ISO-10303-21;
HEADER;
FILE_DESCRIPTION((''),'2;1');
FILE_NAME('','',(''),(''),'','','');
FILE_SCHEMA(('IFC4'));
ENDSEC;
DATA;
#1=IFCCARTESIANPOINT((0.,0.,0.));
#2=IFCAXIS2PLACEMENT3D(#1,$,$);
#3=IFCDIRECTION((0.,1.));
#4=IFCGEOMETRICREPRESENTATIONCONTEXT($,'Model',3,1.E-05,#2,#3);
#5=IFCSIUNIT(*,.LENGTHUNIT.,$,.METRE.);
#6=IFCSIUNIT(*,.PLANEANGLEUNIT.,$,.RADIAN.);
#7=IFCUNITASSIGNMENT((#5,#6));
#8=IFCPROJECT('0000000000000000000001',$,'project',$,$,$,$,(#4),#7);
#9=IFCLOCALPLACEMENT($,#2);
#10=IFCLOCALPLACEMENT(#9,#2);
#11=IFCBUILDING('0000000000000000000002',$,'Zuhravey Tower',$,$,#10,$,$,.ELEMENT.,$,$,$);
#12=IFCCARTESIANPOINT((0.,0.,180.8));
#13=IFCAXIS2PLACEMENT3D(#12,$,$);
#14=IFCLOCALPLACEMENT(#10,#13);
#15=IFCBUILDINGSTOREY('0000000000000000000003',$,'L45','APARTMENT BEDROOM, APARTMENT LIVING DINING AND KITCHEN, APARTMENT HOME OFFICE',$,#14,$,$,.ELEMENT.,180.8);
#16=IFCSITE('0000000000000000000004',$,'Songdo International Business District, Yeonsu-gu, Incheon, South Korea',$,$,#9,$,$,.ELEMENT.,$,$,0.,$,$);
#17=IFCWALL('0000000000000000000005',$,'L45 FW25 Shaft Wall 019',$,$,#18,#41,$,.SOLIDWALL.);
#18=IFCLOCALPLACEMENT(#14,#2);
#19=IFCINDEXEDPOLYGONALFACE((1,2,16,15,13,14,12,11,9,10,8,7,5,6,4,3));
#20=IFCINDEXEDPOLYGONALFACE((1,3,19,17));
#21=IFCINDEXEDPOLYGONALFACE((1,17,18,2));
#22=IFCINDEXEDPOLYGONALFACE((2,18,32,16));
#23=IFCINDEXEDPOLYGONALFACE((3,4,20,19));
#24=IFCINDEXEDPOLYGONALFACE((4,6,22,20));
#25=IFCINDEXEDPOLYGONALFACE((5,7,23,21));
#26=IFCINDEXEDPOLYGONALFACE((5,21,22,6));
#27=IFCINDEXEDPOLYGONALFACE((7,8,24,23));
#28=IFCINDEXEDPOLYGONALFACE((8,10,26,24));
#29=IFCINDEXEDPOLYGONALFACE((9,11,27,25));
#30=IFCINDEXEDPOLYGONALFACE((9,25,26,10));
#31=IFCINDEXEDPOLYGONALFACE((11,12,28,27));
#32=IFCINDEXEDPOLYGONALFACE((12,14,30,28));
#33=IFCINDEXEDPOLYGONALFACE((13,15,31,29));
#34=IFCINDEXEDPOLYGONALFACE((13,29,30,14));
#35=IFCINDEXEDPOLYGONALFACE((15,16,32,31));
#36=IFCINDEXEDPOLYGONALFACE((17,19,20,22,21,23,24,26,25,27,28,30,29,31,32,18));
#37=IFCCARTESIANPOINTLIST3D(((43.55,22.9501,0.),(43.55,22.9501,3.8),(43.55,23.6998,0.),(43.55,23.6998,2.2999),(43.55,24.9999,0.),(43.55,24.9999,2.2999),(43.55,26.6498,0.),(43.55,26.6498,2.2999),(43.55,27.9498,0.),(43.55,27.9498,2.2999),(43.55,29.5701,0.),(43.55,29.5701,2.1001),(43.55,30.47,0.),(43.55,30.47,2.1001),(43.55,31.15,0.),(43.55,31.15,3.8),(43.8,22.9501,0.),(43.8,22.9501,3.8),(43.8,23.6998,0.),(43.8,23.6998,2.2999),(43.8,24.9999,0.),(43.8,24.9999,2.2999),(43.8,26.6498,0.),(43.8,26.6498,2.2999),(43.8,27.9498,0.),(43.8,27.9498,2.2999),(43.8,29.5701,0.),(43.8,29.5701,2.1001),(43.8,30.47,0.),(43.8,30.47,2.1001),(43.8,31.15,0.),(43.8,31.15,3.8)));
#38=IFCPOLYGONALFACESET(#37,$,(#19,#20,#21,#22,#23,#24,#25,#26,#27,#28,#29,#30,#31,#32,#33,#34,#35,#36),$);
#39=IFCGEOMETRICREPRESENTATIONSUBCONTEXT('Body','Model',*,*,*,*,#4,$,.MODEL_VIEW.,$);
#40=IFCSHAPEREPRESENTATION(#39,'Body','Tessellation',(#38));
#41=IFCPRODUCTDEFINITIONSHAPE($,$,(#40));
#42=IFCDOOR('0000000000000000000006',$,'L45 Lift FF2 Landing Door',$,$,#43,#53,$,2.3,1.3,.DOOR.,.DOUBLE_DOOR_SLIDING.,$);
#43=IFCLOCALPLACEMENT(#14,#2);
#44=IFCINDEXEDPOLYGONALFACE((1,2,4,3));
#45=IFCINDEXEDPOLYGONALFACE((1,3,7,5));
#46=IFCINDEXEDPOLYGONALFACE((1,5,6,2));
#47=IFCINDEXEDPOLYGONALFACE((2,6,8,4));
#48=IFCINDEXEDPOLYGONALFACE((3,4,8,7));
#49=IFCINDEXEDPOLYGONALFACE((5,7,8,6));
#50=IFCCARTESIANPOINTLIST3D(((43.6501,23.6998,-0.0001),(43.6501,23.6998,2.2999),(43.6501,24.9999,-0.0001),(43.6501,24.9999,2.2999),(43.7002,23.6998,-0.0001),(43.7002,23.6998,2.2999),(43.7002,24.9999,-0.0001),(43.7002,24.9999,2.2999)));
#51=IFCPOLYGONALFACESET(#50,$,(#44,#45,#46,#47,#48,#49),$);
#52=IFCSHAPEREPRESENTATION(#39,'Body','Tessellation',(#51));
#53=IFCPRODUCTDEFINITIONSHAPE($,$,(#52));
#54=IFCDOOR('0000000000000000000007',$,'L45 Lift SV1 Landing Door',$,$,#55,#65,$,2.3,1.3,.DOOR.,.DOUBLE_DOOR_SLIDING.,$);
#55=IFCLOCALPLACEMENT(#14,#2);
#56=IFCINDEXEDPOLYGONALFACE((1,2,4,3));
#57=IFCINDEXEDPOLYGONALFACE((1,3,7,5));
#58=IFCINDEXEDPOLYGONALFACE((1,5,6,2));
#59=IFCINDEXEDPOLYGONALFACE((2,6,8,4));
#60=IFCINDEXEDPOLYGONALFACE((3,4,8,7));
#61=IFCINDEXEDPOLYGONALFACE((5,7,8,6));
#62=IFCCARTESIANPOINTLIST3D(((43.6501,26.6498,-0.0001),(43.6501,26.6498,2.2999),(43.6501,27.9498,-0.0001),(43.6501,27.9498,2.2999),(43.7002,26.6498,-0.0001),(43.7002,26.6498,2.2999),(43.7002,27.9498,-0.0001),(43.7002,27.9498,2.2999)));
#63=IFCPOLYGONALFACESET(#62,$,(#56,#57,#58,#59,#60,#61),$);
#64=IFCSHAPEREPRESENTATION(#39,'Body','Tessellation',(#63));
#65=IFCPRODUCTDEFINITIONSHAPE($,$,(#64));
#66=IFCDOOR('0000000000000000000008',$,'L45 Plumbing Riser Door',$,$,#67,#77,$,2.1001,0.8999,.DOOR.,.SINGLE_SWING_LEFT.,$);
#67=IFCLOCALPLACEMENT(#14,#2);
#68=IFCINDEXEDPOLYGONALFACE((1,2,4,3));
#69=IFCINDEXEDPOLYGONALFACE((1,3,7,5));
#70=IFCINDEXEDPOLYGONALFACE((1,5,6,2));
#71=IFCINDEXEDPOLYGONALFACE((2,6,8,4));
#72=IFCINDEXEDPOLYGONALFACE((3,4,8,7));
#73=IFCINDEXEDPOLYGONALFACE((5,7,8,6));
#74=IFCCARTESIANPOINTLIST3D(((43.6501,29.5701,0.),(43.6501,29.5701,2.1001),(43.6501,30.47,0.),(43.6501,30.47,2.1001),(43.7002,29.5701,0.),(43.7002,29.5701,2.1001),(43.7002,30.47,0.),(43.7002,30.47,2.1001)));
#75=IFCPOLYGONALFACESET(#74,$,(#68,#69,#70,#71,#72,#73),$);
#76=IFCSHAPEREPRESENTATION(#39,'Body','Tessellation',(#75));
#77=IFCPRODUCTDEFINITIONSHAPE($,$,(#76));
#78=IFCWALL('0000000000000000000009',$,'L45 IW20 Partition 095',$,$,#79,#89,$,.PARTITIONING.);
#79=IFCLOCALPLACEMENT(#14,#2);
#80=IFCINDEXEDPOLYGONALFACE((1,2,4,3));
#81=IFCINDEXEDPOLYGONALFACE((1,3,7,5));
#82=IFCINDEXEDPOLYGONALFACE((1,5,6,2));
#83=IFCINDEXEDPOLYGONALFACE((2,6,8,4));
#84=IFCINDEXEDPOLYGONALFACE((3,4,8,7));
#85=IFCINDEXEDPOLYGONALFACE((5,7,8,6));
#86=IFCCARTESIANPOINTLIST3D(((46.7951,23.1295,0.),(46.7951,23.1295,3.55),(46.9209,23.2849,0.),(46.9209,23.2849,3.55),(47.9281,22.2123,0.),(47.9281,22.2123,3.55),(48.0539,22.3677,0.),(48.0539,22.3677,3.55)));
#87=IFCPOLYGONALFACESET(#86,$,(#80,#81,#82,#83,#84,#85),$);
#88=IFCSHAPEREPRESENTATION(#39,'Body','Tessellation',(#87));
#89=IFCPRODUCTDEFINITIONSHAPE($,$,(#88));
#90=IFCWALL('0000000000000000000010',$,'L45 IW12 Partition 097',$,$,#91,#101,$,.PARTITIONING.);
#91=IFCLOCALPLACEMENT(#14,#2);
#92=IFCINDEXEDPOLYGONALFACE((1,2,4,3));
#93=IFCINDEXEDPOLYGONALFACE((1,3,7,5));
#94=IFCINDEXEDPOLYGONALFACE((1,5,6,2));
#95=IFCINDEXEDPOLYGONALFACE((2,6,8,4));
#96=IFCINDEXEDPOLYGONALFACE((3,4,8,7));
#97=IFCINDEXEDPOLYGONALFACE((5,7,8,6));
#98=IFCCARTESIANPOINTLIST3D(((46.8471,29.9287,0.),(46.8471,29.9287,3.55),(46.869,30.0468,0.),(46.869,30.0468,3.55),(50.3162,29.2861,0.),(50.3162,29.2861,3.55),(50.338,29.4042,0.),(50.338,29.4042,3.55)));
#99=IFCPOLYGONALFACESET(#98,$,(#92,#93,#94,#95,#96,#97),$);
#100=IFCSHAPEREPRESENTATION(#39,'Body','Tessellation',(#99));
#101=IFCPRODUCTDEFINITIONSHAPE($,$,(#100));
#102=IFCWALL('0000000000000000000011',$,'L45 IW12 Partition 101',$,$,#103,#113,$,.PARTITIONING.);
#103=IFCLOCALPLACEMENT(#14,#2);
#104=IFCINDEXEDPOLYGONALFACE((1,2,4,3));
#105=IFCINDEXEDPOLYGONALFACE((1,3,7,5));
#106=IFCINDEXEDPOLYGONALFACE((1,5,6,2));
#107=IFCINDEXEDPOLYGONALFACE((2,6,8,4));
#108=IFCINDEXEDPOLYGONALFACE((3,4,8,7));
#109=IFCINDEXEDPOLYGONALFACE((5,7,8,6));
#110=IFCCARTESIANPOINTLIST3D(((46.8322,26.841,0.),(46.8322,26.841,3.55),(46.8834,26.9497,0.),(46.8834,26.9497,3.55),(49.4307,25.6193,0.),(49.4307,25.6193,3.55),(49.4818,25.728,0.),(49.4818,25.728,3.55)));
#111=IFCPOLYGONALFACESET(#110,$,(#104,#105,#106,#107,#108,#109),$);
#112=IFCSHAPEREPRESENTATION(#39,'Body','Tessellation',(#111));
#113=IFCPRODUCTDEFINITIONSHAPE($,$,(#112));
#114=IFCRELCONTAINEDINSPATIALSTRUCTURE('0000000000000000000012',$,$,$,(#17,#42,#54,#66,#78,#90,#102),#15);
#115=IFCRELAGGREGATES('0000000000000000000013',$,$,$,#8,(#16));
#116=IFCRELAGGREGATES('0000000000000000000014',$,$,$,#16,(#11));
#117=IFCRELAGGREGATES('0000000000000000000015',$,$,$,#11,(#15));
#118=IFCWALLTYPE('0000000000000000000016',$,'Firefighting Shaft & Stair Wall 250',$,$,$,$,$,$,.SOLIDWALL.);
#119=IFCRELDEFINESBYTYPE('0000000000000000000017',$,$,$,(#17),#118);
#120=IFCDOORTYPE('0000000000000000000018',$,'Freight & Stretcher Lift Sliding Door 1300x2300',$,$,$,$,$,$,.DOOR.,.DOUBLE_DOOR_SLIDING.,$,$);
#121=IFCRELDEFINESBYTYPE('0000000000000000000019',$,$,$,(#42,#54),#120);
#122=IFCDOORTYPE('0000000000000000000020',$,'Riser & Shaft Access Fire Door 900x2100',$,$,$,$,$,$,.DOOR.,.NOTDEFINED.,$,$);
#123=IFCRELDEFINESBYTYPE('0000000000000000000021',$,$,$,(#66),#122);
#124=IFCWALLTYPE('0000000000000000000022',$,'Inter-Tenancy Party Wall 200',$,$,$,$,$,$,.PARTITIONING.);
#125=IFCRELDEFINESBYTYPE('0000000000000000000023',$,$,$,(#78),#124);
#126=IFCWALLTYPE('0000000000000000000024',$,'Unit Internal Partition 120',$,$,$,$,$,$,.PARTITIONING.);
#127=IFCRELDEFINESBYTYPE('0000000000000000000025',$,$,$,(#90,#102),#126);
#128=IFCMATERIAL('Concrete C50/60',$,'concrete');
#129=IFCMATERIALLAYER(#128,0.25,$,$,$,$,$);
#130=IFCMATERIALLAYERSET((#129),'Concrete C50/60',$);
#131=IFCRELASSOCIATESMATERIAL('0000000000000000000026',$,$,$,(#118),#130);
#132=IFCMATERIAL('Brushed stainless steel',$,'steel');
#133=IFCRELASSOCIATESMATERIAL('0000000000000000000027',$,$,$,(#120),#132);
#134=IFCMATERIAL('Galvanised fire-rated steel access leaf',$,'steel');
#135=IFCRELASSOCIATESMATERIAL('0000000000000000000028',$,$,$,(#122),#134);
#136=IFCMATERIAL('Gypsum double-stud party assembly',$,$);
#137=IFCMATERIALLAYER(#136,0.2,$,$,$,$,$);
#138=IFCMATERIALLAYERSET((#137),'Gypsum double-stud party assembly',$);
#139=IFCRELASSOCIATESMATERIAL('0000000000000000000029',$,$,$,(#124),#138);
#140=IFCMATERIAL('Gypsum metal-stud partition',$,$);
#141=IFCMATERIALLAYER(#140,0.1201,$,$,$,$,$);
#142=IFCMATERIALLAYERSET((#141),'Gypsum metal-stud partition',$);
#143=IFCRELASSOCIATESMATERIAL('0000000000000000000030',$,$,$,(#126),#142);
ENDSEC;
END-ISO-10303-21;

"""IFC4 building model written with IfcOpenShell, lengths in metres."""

from ifc_helpers import new_model, si_unit, direction, frame, frame_2d, origin, place, context, subcontext, project, spatial, rectangle, extrude, material, layer, layer_set, type_object, element, fill, save


model = new_model("IFC4")

# Units and contexts
model_context = context("Model", 3, precision=1e-05, world=origin(), true_north=direction((0.0, 1.0)))
body_context = subcontext(model_context, "Body", "Model", "MODEL_VIEW")
ifc_project = project(units=[si_unit("LENGTHUNIT", "METRE"), si_unit("PLANEANGLEUNIT", "RADIAN")], contexts=[model_context])

# Site, building, storey
site_placement = place(None, origin())
site = spatial("IfcSite", under=ifc_project, at=site_placement, Name="Songdo International Business District, Yeonsu-gu, Incheon, South Korea", CompositionType="ELEMENT", RefElevation=0.0)
building_placement = place(site_placement, origin())
building = spatial("IfcBuilding", under=site, at=building_placement, Name="Zuhravey Tower", CompositionType="ELEMENT")
storey_placement = place(building_placement, frame((0.0, 0.0, 180.8)))
storey = spatial("IfcBuildingStorey", under=building, at=storey_placement, Name="L45", Description="APARTMENT BEDROOM, APARTMENT LIVING DINING AND KITCHEN, APARTMENT HOME OFFICE", CompositionType="ELEMENT", Elevation=180.8)

# Shared definitions
ifc_material_1 = material(Name="Concrete C50/60", Category="concrete")
ifc_layer_1 = layer(ifc_material_1, 0.25)
ifc_layer_set_1 = layer_set([ifc_layer_1], Name="Concrete C50/60")
wall_type_1 = type_object("IfcWallType", Name="Firefighting Shaft & Stair Wall 250", PredefinedType="SOLIDWALL", material=ifc_layer_set_1)

# Wall, openings, doors
wall_1_placement = place(storey_placement, frame((43.675, 22.95, 0.0), z_axis=(0.0, 0.0, 1.0), x_axis=(0.0, 1.0, 0.0)))
wall_1 = element("IfcWall", 1, at=wall_1_placement, inside=storey, type_object=wall_type_1, Name="L45 FW25 Shaft Wall 019", PredefinedType="SOLIDWALL", context=body_context, shape_type="SweptSolid", body=[
    extrude(rectangle(XDim=8.2, YDim=0.25, at=frame_2d((4.1001, 0.0))), origin(), (0.0, 0.0, 1.0), 3.8),
])
opening_1_placement = place(wall_1_placement, frame((0.75, 0.0, 0.0)))
opening_1 = element("IfcOpeningElement", 2, at=opening_1_placement, cuts=wall_1, PredefinedType="OPENING", context=body_context, shape_type="SweptSolid", body=[
    extrude(rectangle(XDim=1.3, YDim=2.3, at=frame_2d((0.6499, 1.1499))), frame((0.0, 0.137, 0.0), z_axis=(0.0, -1.0, 0.0), x_axis=(1.0, 0.0, 0.0)), (0.0, 0.0, 1.0), 0.2739),
])
opening_2_placement = place(wall_1_placement, frame((3.7, 0.0, 0.0)))
opening_2 = element("IfcOpeningElement", 3, at=opening_2_placement, cuts=wall_1, PredefinedType="OPENING", context=body_context, shape_type="SweptSolid", body=[
    extrude(rectangle(XDim=1.3, YDim=2.3, at=frame_2d((0.6499, 1.1499))), frame((0.0, 0.137, 0.0), z_axis=(0.0, -1.0, 0.0), x_axis=(1.0, 0.0, 0.0)), (0.0, 0.0, 1.0), 0.2739),
])
opening_3_placement = place(wall_1_placement, frame((6.6201, 0.0, 0.0)))
opening_3 = element("IfcOpeningElement", 4, at=opening_3_placement, cuts=wall_1, PredefinedType="OPENING", context=body_context, shape_type="SweptSolid", body=[
    extrude(rectangle(XDim=0.8999, YDim=2.1001, at=frame_2d((0.45, 1.05))), frame((0.0, 0.137, 0.0), z_axis=(0.0, -1.0, 0.0), x_axis=(1.0, 0.0, 0.0)), (0.0, 0.0, 1.0), 0.2739),
])
ifc_material_2 = material(Name="Brushed stainless steel", Category="steel")
door_type_1 = type_object("IfcDoorType", Name="Freight & Stretcher Lift Sliding Door 1300x2300", OperationType="DOUBLE_DOOR_SLIDING", PredefinedType="DOOR", material=ifc_material_2)
door_1_placement = place(opening_1_placement, origin())
door_1 = element("IfcDoor", 5, at=door_1_placement, inside=storey, type_object=door_type_1, Name="L45 Lift FF2 Landing Door", OperationType="DOUBLE_DOOR_SLIDING", OverallHeight=2.3, OverallWidth=1.3, PredefinedType="DOOR", context=body_context, shape_type="SweptSolid", body=[
    extrude(rectangle(XDim=1.3, YDim=2.3, at=frame_2d((0.6499, 1.1499))), frame((0.0, 0.0249, 0.0), z_axis=(0.0, -1.0, 0.0), x_axis=(1.0, 0.0, 0.0)), (0.0, 0.0, 1.0), 0.05),
])
fill(opening_1, door_1)
door_2_placement = place(opening_2_placement, origin())
door_2 = element("IfcDoor", 6, at=door_2_placement, inside=storey, type_object=door_type_1, Name="L45 Lift SV1 Landing Door", OperationType="DOUBLE_DOOR_SLIDING", OverallHeight=2.3, OverallWidth=1.3, PredefinedType="DOOR", context=body_context, shape_type="SweptSolid", body=[
    extrude(rectangle(XDim=1.3, YDim=2.3, at=frame_2d((0.6499, 1.1499))), frame((0.0, 0.0249, 0.0), z_axis=(0.0, -1.0, 0.0), x_axis=(1.0, 0.0, 0.0)), (0.0, 0.0, 1.0), 0.05),
])
fill(opening_2, door_2)
ifc_material_3 = material(Name="Galvanised fire-rated steel access leaf", Category="steel")
door_type_2 = type_object("IfcDoorType", Name="Riser & Shaft Access Fire Door 900x2100", OperationType="NOTDEFINED", PredefinedType="DOOR", material=ifc_material_3)
door_3_placement = place(opening_3_placement, origin())
door_3 = element("IfcDoor", 7, at=door_3_placement, inside=storey, type_object=door_type_2, Name="L45 Plumbing Riser Door", OperationType="SINGLE_SWING_LEFT", OverallHeight=2.1001, OverallWidth=0.8999, PredefinedType="DOOR", context=body_context, shape_type="SweptSolid", body=[
    extrude(rectangle(XDim=0.8999, YDim=2.1001, at=frame_2d((0.45, 1.05))), frame((0.0, 0.0249, 0.0), z_axis=(0.0, -1.0, 0.0), x_axis=(1.0, 0.0, 0.0)), (0.0, 0.0, 1.0), 0.05),
])
fill(opening_3, door_3)

# Walls
ifc_material_4 = material(Name="Gypsum double-stud party assembly")
ifc_layer_2 = layer(ifc_material_4, 0.2)
ifc_layer_set_2 = layer_set([ifc_layer_2], Name="Gypsum double-stud party assembly")
wall_type_2 = type_object("IfcWallType", Name="Inter-Tenancy Party Wall 200", PredefinedType="PARTITIONING", material=ifc_layer_set_2)
wall_2_placement = place(storey_placement, frame((46.8579, 23.2073, 0.0), z_axis=(0.0, 0.0, 1.0), x_axis=(0.777245, -0.629198, 0.0)))
element("IfcWall", 8, at=wall_2_placement, inside=storey, type_object=wall_type_2, Name="L45 IW20 Partition 095", PredefinedType="PARTITIONING", context=body_context, shape_type="SweptSolid", body=[
    extrude(rectangle(XDim=1.4578, YDim=0.2, at=frame_2d((0.729, 0.0))), origin(), (0.0, 0.0, 1.0), 3.55),
])
ifc_material_5 = material(Name="Gypsum metal-stud partition")
ifc_layer_3 = layer(ifc_material_5, 0.1201)
ifc_layer_set_3 = layer_set([ifc_layer_3], Name="Gypsum metal-stud partition")
wall_type_3 = type_object("IfcWallType", Name="Unit Internal Partition 120", PredefinedType="PARTITIONING", material=ifc_layer_set_3)
wall_3_placement = place(storey_placement, frame((46.8579, 29.9878, 0.0), z_axis=(0.0, 0.0, 1.0), x_axis=(0.983273, -0.182136, 0.0)))
element("IfcWall", 9, at=wall_3_placement, inside=storey, type_object=wall_type_3, Name="L45 IW12 Partition 097", PredefinedType="PARTITIONING", context=body_context, shape_type="SweptSolid", body=[
    extrude(rectangle(XDim=3.5281, YDim=0.1201, at=frame_2d((1.7642, 0.0))), origin(), (0.0, 0.0, 1.0), 3.55),
])
wall_4_placement = place(storey_placement, frame((46.8579, 26.8953, 0.0), z_axis=(0.0, 0.0, 1.0), x_axis=(0.904965, -0.425486, 0.0)))
element("IfcWall", 10, at=wall_4_placement, inside=storey, type_object=wall_type_3, Name="L45 IW12 Partition 101", PredefinedType="PARTITIONING", context=body_context, shape_type="SweptSolid", body=[
    extrude(rectangle(XDim=2.8713, YDim=0.1201, at=frame_2d((1.4355, 0.0))), origin(), (0.0, 0.0, 1.0), 3.55),
])

save(model, "model.ifc")
